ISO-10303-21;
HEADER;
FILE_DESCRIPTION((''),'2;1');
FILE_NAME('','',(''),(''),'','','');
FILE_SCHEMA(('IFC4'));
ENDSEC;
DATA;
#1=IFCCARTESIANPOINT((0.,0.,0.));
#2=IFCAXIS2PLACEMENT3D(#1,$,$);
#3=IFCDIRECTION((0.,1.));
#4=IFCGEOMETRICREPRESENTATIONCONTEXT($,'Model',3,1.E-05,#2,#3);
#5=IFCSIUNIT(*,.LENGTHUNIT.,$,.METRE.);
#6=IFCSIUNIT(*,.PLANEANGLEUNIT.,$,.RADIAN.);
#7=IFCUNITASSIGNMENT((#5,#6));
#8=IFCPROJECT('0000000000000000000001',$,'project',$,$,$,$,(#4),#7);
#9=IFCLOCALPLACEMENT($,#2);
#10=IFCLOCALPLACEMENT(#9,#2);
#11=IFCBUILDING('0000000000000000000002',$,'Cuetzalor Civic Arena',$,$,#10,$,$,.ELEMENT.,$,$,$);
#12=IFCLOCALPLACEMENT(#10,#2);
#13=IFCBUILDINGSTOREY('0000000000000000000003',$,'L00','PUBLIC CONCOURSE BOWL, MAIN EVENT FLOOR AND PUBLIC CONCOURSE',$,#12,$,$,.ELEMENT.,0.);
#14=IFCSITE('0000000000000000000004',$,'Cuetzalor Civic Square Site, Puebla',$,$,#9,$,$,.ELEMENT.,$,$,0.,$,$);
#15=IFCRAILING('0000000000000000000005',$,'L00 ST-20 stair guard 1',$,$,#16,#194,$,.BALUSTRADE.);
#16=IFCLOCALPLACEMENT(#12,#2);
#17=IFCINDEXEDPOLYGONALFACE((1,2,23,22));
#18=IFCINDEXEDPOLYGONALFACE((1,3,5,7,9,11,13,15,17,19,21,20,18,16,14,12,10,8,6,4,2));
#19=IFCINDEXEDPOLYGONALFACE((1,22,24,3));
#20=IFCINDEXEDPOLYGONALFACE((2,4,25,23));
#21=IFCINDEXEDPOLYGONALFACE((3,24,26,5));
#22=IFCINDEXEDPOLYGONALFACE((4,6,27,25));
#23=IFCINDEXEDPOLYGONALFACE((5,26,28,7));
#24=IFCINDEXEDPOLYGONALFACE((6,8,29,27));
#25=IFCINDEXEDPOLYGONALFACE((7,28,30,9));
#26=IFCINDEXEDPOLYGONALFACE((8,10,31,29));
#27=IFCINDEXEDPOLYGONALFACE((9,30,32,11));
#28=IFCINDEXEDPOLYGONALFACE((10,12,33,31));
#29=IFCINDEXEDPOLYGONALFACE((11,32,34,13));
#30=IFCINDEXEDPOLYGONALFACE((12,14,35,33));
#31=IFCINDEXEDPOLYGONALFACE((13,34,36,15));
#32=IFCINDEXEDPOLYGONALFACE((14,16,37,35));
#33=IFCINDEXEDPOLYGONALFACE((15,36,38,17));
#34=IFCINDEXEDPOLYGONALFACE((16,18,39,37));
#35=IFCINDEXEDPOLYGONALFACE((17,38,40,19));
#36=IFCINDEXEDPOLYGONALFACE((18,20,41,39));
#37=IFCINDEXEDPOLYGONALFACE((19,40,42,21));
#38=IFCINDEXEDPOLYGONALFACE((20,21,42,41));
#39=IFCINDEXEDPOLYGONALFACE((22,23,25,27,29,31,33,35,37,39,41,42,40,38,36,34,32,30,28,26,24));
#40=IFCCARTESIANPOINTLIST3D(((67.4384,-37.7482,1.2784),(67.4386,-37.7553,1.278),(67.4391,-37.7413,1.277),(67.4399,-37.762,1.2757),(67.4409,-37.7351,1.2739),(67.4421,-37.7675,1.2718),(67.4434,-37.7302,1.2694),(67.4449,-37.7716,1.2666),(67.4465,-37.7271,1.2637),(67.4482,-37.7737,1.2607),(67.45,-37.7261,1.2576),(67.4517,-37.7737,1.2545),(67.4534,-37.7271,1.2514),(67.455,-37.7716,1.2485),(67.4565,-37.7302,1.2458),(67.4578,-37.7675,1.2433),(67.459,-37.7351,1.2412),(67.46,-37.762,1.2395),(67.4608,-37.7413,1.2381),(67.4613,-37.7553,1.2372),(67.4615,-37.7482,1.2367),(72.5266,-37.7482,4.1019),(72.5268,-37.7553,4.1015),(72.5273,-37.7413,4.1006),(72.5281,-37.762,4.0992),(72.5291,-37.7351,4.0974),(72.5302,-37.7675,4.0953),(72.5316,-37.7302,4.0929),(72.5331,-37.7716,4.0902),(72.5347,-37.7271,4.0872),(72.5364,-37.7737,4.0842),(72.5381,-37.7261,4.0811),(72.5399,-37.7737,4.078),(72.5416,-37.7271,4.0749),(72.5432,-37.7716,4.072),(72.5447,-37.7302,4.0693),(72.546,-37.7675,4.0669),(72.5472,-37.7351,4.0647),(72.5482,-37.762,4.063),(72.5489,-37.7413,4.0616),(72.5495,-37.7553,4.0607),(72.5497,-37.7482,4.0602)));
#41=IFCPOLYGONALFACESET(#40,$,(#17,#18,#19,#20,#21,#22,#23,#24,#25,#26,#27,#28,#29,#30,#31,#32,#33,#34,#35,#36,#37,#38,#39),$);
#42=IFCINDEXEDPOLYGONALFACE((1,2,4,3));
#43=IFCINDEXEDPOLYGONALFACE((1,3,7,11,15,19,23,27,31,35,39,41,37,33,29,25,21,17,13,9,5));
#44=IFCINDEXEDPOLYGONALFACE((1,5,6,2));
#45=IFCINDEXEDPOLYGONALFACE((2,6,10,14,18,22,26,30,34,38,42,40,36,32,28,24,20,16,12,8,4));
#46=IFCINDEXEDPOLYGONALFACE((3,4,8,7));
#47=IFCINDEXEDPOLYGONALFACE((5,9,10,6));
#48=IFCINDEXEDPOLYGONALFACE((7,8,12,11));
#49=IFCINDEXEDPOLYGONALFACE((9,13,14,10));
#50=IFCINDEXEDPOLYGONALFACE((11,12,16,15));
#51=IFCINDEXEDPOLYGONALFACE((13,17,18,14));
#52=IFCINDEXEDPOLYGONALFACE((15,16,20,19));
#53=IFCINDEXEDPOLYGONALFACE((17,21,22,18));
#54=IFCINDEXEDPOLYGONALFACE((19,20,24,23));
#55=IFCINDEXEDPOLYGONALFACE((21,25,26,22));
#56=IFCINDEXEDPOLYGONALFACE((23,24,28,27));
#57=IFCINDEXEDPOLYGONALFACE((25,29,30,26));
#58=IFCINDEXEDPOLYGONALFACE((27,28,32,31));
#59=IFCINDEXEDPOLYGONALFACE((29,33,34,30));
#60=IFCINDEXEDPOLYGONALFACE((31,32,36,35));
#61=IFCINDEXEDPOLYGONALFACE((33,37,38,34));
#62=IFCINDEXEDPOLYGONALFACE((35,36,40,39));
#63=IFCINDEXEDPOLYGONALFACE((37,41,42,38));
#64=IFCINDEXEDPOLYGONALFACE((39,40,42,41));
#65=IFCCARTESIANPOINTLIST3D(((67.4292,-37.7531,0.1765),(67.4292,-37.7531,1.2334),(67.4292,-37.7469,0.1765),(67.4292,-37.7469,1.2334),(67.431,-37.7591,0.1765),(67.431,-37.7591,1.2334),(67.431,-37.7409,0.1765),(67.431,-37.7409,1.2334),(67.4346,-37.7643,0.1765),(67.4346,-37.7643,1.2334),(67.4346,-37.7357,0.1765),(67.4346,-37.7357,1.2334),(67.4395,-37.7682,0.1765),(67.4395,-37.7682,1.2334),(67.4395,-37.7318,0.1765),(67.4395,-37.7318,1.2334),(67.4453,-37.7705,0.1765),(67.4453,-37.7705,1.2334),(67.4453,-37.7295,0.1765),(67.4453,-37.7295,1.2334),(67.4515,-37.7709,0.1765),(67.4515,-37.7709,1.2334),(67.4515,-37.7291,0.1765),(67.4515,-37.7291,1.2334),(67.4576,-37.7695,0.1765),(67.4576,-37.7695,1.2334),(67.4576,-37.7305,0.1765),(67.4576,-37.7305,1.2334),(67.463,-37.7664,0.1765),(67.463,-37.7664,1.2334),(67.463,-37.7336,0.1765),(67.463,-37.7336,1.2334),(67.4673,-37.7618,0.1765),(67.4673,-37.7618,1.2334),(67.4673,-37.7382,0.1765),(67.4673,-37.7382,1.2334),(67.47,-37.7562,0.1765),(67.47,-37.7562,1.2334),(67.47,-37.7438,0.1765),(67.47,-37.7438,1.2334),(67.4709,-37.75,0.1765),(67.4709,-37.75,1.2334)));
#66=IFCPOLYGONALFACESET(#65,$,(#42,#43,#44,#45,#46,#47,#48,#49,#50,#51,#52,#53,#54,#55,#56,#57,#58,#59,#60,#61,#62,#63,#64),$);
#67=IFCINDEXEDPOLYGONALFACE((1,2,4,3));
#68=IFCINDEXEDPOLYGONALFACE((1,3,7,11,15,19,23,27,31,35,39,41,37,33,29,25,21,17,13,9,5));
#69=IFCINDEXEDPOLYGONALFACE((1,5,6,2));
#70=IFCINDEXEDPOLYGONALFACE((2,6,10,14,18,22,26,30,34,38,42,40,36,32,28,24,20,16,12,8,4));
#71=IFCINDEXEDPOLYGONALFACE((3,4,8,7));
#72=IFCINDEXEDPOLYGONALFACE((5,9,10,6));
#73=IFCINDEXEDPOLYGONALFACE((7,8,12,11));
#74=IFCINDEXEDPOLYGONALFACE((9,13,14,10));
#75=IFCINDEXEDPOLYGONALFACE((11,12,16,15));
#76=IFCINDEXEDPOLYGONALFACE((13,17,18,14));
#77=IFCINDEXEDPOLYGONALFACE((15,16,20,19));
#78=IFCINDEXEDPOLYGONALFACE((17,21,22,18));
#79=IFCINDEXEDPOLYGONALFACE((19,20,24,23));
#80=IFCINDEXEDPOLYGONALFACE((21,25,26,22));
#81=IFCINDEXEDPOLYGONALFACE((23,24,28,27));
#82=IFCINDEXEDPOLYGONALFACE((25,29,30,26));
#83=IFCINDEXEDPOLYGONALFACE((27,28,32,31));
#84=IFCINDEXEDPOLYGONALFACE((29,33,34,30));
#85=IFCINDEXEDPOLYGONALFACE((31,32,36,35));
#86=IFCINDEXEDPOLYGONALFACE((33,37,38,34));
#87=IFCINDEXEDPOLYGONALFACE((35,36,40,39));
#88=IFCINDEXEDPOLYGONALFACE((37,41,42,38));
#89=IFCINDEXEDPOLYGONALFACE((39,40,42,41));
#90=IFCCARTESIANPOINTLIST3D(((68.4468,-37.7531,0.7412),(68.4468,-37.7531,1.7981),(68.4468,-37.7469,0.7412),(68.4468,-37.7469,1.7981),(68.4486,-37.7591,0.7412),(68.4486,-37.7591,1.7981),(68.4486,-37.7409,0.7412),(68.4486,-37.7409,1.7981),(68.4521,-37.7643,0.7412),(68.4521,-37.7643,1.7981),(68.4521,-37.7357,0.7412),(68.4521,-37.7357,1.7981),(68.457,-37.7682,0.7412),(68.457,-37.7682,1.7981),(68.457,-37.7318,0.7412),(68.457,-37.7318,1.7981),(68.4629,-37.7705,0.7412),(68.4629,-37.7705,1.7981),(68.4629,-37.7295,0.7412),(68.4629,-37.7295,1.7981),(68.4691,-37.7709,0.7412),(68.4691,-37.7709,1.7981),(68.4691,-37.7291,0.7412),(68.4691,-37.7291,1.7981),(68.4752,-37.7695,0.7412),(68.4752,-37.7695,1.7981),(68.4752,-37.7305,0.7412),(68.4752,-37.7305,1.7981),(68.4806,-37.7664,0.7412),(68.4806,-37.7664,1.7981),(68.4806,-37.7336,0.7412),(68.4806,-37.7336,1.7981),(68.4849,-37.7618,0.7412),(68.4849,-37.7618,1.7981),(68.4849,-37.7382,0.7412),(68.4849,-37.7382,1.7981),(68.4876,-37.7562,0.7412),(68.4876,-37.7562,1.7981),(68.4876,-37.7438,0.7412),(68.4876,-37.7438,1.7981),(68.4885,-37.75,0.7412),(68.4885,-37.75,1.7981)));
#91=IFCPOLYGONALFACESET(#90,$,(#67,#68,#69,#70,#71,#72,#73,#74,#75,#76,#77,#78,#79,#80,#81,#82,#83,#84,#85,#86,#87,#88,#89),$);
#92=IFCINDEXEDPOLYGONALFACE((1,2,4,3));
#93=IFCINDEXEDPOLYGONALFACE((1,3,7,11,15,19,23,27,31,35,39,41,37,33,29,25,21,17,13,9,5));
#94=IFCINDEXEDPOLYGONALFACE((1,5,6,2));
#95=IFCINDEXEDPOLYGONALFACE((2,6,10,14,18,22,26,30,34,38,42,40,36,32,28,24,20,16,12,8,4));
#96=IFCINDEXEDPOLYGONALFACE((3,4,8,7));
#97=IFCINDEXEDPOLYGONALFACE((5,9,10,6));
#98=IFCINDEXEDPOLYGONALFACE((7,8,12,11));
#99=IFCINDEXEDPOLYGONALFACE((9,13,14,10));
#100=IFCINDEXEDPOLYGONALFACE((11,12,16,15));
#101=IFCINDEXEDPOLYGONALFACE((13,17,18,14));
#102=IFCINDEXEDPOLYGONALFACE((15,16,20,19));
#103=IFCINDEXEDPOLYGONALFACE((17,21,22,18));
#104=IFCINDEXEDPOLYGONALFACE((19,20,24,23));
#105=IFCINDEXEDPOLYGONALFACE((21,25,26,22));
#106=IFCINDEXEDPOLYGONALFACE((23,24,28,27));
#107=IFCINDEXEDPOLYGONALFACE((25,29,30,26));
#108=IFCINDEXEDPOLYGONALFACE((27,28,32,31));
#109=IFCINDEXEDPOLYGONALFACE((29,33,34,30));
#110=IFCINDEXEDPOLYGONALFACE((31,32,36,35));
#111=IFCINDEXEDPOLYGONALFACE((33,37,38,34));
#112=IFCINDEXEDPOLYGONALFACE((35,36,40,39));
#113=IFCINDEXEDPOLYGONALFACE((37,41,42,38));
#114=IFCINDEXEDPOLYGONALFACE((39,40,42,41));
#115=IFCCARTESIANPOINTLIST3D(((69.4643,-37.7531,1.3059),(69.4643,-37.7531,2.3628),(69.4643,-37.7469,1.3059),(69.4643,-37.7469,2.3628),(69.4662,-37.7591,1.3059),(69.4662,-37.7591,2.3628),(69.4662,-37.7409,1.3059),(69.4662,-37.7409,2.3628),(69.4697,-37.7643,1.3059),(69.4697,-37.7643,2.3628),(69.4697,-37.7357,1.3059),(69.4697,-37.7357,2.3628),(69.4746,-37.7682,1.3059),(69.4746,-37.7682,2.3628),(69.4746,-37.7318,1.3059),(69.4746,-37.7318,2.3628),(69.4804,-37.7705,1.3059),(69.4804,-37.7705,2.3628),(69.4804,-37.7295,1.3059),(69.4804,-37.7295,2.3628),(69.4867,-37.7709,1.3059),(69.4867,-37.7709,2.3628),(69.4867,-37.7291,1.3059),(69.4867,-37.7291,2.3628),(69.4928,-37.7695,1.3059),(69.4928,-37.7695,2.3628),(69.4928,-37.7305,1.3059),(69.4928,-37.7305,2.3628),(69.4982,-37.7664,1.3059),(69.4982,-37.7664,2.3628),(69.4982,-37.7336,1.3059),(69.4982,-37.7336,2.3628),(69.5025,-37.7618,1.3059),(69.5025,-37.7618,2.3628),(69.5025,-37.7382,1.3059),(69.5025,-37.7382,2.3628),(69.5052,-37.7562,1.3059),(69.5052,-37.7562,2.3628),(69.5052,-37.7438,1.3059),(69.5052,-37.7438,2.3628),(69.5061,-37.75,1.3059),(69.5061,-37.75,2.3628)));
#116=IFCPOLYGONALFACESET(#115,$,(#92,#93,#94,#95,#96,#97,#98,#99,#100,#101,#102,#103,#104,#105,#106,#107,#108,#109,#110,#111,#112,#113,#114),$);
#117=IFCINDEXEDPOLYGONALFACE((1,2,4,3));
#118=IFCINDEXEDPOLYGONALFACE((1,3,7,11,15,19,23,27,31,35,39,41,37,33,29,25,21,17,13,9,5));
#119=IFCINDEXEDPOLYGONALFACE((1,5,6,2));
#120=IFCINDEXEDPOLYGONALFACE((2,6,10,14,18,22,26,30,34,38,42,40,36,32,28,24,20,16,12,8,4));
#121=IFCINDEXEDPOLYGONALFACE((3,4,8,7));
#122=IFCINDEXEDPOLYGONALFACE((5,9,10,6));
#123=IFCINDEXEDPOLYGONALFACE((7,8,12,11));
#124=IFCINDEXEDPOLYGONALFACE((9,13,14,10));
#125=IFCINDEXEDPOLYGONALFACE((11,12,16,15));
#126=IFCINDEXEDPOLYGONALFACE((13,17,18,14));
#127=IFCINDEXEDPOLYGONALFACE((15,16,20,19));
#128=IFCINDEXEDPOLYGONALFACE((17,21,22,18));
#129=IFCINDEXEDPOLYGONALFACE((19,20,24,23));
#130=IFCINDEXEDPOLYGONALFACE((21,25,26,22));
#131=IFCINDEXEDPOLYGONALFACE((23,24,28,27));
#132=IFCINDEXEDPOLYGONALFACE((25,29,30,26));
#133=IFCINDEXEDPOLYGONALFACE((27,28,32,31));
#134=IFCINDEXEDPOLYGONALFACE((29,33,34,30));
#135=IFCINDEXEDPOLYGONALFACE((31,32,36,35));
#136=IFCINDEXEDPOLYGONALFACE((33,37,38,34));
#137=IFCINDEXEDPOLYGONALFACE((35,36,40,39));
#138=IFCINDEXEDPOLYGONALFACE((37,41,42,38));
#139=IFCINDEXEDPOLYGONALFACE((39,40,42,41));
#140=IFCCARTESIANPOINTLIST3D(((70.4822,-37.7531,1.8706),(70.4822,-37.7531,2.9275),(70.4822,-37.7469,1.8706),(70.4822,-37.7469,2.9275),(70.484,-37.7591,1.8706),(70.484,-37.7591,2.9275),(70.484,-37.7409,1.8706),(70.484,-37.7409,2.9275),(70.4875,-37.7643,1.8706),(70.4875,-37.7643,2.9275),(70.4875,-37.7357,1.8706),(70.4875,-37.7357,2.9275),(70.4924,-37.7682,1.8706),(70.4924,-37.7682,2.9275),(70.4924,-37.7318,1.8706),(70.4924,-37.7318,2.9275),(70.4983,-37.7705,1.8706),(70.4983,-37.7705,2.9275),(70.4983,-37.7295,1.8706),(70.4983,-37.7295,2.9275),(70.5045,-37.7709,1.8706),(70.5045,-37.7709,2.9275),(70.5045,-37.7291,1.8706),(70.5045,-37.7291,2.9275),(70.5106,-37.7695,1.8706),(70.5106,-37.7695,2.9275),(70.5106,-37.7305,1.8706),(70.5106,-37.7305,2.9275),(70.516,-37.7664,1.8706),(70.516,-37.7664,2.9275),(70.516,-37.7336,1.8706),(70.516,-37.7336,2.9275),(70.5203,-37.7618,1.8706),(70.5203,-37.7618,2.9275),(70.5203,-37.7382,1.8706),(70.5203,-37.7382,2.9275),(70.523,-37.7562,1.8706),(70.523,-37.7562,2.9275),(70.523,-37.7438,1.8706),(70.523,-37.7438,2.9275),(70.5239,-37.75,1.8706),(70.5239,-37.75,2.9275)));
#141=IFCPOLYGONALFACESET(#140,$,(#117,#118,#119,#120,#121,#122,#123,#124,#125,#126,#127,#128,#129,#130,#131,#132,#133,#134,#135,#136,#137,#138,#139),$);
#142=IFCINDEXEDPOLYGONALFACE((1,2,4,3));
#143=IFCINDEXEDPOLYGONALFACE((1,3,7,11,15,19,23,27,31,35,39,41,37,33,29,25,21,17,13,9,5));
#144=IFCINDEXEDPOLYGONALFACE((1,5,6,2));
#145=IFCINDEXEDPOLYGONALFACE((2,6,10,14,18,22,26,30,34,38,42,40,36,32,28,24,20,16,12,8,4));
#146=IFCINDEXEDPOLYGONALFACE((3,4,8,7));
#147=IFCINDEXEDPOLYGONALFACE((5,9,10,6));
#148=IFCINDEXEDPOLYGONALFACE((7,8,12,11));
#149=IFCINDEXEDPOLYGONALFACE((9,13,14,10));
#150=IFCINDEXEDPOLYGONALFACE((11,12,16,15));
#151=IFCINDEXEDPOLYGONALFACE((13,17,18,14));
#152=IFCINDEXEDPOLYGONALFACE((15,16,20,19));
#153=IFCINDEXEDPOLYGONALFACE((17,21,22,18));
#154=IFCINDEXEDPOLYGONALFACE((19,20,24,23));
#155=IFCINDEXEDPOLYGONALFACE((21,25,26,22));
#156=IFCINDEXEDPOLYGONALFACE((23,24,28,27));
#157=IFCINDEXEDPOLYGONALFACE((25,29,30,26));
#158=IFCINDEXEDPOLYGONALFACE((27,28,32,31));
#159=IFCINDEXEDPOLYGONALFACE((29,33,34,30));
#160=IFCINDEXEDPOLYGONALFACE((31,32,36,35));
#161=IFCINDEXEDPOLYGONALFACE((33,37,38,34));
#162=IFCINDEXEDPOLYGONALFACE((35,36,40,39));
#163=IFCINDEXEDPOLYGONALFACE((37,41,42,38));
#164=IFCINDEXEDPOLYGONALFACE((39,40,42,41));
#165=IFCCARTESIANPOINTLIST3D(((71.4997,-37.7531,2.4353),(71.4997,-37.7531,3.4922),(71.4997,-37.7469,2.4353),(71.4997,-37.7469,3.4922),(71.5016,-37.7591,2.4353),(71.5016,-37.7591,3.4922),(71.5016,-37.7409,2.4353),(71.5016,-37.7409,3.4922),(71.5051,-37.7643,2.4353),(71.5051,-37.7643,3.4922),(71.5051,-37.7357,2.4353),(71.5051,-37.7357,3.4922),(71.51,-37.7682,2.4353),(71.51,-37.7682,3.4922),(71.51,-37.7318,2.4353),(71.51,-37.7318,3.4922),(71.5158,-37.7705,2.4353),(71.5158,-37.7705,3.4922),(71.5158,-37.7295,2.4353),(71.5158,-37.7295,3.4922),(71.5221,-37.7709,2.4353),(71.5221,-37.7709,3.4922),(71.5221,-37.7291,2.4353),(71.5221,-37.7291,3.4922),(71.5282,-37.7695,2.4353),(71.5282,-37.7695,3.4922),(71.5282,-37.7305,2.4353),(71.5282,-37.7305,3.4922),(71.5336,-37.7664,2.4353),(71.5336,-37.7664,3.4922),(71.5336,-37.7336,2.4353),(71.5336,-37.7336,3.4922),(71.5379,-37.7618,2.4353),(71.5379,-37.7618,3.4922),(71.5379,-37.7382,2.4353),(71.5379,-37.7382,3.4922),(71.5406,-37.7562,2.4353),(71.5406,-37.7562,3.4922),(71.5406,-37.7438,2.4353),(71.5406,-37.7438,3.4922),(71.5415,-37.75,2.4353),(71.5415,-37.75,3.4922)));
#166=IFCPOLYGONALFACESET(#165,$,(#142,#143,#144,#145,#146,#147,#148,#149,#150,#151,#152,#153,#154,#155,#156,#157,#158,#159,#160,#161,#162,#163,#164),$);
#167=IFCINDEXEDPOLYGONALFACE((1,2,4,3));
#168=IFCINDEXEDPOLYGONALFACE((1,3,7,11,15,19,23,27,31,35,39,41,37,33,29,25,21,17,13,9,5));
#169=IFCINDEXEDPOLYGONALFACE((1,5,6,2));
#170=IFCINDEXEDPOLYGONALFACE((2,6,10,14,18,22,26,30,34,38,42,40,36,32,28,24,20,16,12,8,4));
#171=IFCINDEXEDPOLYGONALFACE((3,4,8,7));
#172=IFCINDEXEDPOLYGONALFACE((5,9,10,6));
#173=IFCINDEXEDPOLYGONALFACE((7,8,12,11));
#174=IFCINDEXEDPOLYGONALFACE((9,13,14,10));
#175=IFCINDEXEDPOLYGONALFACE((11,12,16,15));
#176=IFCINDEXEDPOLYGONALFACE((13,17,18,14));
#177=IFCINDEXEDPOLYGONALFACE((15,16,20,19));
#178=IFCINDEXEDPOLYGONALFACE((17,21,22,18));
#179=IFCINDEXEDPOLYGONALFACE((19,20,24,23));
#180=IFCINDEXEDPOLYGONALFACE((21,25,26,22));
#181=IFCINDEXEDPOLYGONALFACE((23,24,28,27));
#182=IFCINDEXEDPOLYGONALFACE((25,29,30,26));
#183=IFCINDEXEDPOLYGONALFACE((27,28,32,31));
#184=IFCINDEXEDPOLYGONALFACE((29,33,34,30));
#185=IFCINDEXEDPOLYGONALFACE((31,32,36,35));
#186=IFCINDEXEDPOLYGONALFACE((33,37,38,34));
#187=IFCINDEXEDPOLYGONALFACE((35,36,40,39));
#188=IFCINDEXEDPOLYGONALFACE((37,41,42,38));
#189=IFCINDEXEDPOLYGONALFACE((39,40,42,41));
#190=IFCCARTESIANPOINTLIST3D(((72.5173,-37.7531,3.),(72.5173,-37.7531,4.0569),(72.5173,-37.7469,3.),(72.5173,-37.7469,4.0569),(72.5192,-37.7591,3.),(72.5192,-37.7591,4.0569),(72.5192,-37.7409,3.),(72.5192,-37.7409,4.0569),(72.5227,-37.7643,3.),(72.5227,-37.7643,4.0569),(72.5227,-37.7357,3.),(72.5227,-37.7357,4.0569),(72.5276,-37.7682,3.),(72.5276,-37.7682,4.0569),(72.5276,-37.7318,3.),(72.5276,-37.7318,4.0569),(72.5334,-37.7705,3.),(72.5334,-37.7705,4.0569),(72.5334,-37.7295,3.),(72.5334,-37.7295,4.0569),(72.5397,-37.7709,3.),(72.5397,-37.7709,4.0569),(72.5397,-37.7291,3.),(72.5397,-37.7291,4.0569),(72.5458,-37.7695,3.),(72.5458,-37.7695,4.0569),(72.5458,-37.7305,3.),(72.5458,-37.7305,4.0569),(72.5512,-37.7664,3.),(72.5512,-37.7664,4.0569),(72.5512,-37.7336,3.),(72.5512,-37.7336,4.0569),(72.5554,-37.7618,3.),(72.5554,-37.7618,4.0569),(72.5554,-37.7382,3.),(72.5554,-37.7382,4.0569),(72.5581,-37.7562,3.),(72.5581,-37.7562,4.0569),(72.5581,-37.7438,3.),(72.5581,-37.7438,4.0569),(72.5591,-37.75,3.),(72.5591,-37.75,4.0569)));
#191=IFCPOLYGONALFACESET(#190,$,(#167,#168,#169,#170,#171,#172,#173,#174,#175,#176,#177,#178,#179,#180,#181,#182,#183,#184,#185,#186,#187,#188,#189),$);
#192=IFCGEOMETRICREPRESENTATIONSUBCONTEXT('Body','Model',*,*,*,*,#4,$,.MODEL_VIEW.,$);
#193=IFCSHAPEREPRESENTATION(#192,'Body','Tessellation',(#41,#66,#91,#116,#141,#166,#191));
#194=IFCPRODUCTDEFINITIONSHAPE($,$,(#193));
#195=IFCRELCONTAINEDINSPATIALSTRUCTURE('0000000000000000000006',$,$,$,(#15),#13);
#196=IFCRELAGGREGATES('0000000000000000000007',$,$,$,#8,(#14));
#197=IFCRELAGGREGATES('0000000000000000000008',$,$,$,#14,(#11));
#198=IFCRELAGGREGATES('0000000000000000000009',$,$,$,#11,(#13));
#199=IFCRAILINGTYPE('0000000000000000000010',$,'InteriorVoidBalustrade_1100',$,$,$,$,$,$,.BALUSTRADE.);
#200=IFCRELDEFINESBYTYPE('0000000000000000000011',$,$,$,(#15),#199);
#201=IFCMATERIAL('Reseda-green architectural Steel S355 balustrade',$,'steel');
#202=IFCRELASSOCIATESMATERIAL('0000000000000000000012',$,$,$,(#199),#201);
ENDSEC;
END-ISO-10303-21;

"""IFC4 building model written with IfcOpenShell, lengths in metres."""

from ifc_helpers import new_model, si_unit, direction, frame, origin, origin_2d, place, context, subcontext, project, spatial, circle, extrude, material, type_object, element, save


model = new_model("IFC4")

# Units and contexts
model_context = context("Model", 3, precision=1e-05, world=origin(), true_north=direction((0.0, 1.0)))
body_context = subcontext(model_context, "Body", "Model", "MODEL_VIEW")
ifc_project = project(units=[si_unit("LENGTHUNIT", "METRE"), si_unit("PLANEANGLEUNIT", "RADIAN")], contexts=[model_context])

# Site, building, storey
site_placement = place(None, origin())
site = spatial("IfcSite", under=ifc_project, at=site_placement, Name="Cuetzalor Civic Square Site, Puebla", CompositionType="ELEMENT", RefElevation=0.0)
building_placement = place(site_placement, origin())
building = spatial("IfcBuilding", under=site, at=building_placement, Name="Cuetzalor Civic Arena", CompositionType="ELEMENT")
storey_placement = place(building_placement, origin())
storey = spatial("IfcBuildingStorey", under=building, at=storey_placement, Name="L00", Description="PUBLIC CONCOURSE BOWL, MAIN EVENT FLOOR AND PUBLIC CONCOURSE", CompositionType="ELEMENT", Elevation=0.0)

# Railing
ifc_material_1 = material(Name="Reseda-green architectural Steel S355 balustrade", Category="steel")
railing_type_1 = type_object("IfcRailingType", Name="InteriorVoidBalustrade_1100", PredefinedType="BALUSTRADE", material=ifc_material_1)
railing_1_placement = place(storey_placement, frame((67.45, -37.75, 0.1765)))
element("IfcRailing", 1, at=railing_1_placement, inside=storey, type_object=railing_type_1, Name="L00 ST-20 stair guard 1", PredefinedType="BALUSTRADE", context=body_context, shape_type="SweptSolid", body=[
    extrude(circle(Radius=0.0239, at=origin_2d()), frame((0.0, 0.0, 1.0811), z_axis=(0.874395, 0.0, 0.485215), x_axis=(0.0, 1.0, 0.0)), (0.0, 0.0, 1.0), 5.8191),
    extrude(circle(Radius=0.021, at=origin_2d()), origin(), (0.0, 0.0, 1.0), 1.0569),
    extrude(circle(Radius=0.021, at=origin_2d()), frame((1.0176, 0.0, 0.5647)), (0.0, 0.0, 1.0), 1.0569),
    extrude(circle(Radius=0.021, at=origin_2d()), frame((2.0352, 0.0, 1.1294)), (0.0, 0.0, 1.0), 1.0569),
    extrude(circle(Radius=0.021, at=origin_2d()), frame((3.053, 0.0, 1.6941)), (0.0, 0.0, 1.0), 1.0569),
    extrude(circle(Radius=0.021, at=origin_2d()), frame((4.0706, 0.0, 2.2588)), (0.0, 0.0, 1.0), 1.0569),
    extrude(circle(Radius=0.021, at=origin_2d()), frame((5.0881, 0.0, 2.8235)), (0.0, 0.0, 1.0), 1.0569),
])

save(model, "model.ifc")
